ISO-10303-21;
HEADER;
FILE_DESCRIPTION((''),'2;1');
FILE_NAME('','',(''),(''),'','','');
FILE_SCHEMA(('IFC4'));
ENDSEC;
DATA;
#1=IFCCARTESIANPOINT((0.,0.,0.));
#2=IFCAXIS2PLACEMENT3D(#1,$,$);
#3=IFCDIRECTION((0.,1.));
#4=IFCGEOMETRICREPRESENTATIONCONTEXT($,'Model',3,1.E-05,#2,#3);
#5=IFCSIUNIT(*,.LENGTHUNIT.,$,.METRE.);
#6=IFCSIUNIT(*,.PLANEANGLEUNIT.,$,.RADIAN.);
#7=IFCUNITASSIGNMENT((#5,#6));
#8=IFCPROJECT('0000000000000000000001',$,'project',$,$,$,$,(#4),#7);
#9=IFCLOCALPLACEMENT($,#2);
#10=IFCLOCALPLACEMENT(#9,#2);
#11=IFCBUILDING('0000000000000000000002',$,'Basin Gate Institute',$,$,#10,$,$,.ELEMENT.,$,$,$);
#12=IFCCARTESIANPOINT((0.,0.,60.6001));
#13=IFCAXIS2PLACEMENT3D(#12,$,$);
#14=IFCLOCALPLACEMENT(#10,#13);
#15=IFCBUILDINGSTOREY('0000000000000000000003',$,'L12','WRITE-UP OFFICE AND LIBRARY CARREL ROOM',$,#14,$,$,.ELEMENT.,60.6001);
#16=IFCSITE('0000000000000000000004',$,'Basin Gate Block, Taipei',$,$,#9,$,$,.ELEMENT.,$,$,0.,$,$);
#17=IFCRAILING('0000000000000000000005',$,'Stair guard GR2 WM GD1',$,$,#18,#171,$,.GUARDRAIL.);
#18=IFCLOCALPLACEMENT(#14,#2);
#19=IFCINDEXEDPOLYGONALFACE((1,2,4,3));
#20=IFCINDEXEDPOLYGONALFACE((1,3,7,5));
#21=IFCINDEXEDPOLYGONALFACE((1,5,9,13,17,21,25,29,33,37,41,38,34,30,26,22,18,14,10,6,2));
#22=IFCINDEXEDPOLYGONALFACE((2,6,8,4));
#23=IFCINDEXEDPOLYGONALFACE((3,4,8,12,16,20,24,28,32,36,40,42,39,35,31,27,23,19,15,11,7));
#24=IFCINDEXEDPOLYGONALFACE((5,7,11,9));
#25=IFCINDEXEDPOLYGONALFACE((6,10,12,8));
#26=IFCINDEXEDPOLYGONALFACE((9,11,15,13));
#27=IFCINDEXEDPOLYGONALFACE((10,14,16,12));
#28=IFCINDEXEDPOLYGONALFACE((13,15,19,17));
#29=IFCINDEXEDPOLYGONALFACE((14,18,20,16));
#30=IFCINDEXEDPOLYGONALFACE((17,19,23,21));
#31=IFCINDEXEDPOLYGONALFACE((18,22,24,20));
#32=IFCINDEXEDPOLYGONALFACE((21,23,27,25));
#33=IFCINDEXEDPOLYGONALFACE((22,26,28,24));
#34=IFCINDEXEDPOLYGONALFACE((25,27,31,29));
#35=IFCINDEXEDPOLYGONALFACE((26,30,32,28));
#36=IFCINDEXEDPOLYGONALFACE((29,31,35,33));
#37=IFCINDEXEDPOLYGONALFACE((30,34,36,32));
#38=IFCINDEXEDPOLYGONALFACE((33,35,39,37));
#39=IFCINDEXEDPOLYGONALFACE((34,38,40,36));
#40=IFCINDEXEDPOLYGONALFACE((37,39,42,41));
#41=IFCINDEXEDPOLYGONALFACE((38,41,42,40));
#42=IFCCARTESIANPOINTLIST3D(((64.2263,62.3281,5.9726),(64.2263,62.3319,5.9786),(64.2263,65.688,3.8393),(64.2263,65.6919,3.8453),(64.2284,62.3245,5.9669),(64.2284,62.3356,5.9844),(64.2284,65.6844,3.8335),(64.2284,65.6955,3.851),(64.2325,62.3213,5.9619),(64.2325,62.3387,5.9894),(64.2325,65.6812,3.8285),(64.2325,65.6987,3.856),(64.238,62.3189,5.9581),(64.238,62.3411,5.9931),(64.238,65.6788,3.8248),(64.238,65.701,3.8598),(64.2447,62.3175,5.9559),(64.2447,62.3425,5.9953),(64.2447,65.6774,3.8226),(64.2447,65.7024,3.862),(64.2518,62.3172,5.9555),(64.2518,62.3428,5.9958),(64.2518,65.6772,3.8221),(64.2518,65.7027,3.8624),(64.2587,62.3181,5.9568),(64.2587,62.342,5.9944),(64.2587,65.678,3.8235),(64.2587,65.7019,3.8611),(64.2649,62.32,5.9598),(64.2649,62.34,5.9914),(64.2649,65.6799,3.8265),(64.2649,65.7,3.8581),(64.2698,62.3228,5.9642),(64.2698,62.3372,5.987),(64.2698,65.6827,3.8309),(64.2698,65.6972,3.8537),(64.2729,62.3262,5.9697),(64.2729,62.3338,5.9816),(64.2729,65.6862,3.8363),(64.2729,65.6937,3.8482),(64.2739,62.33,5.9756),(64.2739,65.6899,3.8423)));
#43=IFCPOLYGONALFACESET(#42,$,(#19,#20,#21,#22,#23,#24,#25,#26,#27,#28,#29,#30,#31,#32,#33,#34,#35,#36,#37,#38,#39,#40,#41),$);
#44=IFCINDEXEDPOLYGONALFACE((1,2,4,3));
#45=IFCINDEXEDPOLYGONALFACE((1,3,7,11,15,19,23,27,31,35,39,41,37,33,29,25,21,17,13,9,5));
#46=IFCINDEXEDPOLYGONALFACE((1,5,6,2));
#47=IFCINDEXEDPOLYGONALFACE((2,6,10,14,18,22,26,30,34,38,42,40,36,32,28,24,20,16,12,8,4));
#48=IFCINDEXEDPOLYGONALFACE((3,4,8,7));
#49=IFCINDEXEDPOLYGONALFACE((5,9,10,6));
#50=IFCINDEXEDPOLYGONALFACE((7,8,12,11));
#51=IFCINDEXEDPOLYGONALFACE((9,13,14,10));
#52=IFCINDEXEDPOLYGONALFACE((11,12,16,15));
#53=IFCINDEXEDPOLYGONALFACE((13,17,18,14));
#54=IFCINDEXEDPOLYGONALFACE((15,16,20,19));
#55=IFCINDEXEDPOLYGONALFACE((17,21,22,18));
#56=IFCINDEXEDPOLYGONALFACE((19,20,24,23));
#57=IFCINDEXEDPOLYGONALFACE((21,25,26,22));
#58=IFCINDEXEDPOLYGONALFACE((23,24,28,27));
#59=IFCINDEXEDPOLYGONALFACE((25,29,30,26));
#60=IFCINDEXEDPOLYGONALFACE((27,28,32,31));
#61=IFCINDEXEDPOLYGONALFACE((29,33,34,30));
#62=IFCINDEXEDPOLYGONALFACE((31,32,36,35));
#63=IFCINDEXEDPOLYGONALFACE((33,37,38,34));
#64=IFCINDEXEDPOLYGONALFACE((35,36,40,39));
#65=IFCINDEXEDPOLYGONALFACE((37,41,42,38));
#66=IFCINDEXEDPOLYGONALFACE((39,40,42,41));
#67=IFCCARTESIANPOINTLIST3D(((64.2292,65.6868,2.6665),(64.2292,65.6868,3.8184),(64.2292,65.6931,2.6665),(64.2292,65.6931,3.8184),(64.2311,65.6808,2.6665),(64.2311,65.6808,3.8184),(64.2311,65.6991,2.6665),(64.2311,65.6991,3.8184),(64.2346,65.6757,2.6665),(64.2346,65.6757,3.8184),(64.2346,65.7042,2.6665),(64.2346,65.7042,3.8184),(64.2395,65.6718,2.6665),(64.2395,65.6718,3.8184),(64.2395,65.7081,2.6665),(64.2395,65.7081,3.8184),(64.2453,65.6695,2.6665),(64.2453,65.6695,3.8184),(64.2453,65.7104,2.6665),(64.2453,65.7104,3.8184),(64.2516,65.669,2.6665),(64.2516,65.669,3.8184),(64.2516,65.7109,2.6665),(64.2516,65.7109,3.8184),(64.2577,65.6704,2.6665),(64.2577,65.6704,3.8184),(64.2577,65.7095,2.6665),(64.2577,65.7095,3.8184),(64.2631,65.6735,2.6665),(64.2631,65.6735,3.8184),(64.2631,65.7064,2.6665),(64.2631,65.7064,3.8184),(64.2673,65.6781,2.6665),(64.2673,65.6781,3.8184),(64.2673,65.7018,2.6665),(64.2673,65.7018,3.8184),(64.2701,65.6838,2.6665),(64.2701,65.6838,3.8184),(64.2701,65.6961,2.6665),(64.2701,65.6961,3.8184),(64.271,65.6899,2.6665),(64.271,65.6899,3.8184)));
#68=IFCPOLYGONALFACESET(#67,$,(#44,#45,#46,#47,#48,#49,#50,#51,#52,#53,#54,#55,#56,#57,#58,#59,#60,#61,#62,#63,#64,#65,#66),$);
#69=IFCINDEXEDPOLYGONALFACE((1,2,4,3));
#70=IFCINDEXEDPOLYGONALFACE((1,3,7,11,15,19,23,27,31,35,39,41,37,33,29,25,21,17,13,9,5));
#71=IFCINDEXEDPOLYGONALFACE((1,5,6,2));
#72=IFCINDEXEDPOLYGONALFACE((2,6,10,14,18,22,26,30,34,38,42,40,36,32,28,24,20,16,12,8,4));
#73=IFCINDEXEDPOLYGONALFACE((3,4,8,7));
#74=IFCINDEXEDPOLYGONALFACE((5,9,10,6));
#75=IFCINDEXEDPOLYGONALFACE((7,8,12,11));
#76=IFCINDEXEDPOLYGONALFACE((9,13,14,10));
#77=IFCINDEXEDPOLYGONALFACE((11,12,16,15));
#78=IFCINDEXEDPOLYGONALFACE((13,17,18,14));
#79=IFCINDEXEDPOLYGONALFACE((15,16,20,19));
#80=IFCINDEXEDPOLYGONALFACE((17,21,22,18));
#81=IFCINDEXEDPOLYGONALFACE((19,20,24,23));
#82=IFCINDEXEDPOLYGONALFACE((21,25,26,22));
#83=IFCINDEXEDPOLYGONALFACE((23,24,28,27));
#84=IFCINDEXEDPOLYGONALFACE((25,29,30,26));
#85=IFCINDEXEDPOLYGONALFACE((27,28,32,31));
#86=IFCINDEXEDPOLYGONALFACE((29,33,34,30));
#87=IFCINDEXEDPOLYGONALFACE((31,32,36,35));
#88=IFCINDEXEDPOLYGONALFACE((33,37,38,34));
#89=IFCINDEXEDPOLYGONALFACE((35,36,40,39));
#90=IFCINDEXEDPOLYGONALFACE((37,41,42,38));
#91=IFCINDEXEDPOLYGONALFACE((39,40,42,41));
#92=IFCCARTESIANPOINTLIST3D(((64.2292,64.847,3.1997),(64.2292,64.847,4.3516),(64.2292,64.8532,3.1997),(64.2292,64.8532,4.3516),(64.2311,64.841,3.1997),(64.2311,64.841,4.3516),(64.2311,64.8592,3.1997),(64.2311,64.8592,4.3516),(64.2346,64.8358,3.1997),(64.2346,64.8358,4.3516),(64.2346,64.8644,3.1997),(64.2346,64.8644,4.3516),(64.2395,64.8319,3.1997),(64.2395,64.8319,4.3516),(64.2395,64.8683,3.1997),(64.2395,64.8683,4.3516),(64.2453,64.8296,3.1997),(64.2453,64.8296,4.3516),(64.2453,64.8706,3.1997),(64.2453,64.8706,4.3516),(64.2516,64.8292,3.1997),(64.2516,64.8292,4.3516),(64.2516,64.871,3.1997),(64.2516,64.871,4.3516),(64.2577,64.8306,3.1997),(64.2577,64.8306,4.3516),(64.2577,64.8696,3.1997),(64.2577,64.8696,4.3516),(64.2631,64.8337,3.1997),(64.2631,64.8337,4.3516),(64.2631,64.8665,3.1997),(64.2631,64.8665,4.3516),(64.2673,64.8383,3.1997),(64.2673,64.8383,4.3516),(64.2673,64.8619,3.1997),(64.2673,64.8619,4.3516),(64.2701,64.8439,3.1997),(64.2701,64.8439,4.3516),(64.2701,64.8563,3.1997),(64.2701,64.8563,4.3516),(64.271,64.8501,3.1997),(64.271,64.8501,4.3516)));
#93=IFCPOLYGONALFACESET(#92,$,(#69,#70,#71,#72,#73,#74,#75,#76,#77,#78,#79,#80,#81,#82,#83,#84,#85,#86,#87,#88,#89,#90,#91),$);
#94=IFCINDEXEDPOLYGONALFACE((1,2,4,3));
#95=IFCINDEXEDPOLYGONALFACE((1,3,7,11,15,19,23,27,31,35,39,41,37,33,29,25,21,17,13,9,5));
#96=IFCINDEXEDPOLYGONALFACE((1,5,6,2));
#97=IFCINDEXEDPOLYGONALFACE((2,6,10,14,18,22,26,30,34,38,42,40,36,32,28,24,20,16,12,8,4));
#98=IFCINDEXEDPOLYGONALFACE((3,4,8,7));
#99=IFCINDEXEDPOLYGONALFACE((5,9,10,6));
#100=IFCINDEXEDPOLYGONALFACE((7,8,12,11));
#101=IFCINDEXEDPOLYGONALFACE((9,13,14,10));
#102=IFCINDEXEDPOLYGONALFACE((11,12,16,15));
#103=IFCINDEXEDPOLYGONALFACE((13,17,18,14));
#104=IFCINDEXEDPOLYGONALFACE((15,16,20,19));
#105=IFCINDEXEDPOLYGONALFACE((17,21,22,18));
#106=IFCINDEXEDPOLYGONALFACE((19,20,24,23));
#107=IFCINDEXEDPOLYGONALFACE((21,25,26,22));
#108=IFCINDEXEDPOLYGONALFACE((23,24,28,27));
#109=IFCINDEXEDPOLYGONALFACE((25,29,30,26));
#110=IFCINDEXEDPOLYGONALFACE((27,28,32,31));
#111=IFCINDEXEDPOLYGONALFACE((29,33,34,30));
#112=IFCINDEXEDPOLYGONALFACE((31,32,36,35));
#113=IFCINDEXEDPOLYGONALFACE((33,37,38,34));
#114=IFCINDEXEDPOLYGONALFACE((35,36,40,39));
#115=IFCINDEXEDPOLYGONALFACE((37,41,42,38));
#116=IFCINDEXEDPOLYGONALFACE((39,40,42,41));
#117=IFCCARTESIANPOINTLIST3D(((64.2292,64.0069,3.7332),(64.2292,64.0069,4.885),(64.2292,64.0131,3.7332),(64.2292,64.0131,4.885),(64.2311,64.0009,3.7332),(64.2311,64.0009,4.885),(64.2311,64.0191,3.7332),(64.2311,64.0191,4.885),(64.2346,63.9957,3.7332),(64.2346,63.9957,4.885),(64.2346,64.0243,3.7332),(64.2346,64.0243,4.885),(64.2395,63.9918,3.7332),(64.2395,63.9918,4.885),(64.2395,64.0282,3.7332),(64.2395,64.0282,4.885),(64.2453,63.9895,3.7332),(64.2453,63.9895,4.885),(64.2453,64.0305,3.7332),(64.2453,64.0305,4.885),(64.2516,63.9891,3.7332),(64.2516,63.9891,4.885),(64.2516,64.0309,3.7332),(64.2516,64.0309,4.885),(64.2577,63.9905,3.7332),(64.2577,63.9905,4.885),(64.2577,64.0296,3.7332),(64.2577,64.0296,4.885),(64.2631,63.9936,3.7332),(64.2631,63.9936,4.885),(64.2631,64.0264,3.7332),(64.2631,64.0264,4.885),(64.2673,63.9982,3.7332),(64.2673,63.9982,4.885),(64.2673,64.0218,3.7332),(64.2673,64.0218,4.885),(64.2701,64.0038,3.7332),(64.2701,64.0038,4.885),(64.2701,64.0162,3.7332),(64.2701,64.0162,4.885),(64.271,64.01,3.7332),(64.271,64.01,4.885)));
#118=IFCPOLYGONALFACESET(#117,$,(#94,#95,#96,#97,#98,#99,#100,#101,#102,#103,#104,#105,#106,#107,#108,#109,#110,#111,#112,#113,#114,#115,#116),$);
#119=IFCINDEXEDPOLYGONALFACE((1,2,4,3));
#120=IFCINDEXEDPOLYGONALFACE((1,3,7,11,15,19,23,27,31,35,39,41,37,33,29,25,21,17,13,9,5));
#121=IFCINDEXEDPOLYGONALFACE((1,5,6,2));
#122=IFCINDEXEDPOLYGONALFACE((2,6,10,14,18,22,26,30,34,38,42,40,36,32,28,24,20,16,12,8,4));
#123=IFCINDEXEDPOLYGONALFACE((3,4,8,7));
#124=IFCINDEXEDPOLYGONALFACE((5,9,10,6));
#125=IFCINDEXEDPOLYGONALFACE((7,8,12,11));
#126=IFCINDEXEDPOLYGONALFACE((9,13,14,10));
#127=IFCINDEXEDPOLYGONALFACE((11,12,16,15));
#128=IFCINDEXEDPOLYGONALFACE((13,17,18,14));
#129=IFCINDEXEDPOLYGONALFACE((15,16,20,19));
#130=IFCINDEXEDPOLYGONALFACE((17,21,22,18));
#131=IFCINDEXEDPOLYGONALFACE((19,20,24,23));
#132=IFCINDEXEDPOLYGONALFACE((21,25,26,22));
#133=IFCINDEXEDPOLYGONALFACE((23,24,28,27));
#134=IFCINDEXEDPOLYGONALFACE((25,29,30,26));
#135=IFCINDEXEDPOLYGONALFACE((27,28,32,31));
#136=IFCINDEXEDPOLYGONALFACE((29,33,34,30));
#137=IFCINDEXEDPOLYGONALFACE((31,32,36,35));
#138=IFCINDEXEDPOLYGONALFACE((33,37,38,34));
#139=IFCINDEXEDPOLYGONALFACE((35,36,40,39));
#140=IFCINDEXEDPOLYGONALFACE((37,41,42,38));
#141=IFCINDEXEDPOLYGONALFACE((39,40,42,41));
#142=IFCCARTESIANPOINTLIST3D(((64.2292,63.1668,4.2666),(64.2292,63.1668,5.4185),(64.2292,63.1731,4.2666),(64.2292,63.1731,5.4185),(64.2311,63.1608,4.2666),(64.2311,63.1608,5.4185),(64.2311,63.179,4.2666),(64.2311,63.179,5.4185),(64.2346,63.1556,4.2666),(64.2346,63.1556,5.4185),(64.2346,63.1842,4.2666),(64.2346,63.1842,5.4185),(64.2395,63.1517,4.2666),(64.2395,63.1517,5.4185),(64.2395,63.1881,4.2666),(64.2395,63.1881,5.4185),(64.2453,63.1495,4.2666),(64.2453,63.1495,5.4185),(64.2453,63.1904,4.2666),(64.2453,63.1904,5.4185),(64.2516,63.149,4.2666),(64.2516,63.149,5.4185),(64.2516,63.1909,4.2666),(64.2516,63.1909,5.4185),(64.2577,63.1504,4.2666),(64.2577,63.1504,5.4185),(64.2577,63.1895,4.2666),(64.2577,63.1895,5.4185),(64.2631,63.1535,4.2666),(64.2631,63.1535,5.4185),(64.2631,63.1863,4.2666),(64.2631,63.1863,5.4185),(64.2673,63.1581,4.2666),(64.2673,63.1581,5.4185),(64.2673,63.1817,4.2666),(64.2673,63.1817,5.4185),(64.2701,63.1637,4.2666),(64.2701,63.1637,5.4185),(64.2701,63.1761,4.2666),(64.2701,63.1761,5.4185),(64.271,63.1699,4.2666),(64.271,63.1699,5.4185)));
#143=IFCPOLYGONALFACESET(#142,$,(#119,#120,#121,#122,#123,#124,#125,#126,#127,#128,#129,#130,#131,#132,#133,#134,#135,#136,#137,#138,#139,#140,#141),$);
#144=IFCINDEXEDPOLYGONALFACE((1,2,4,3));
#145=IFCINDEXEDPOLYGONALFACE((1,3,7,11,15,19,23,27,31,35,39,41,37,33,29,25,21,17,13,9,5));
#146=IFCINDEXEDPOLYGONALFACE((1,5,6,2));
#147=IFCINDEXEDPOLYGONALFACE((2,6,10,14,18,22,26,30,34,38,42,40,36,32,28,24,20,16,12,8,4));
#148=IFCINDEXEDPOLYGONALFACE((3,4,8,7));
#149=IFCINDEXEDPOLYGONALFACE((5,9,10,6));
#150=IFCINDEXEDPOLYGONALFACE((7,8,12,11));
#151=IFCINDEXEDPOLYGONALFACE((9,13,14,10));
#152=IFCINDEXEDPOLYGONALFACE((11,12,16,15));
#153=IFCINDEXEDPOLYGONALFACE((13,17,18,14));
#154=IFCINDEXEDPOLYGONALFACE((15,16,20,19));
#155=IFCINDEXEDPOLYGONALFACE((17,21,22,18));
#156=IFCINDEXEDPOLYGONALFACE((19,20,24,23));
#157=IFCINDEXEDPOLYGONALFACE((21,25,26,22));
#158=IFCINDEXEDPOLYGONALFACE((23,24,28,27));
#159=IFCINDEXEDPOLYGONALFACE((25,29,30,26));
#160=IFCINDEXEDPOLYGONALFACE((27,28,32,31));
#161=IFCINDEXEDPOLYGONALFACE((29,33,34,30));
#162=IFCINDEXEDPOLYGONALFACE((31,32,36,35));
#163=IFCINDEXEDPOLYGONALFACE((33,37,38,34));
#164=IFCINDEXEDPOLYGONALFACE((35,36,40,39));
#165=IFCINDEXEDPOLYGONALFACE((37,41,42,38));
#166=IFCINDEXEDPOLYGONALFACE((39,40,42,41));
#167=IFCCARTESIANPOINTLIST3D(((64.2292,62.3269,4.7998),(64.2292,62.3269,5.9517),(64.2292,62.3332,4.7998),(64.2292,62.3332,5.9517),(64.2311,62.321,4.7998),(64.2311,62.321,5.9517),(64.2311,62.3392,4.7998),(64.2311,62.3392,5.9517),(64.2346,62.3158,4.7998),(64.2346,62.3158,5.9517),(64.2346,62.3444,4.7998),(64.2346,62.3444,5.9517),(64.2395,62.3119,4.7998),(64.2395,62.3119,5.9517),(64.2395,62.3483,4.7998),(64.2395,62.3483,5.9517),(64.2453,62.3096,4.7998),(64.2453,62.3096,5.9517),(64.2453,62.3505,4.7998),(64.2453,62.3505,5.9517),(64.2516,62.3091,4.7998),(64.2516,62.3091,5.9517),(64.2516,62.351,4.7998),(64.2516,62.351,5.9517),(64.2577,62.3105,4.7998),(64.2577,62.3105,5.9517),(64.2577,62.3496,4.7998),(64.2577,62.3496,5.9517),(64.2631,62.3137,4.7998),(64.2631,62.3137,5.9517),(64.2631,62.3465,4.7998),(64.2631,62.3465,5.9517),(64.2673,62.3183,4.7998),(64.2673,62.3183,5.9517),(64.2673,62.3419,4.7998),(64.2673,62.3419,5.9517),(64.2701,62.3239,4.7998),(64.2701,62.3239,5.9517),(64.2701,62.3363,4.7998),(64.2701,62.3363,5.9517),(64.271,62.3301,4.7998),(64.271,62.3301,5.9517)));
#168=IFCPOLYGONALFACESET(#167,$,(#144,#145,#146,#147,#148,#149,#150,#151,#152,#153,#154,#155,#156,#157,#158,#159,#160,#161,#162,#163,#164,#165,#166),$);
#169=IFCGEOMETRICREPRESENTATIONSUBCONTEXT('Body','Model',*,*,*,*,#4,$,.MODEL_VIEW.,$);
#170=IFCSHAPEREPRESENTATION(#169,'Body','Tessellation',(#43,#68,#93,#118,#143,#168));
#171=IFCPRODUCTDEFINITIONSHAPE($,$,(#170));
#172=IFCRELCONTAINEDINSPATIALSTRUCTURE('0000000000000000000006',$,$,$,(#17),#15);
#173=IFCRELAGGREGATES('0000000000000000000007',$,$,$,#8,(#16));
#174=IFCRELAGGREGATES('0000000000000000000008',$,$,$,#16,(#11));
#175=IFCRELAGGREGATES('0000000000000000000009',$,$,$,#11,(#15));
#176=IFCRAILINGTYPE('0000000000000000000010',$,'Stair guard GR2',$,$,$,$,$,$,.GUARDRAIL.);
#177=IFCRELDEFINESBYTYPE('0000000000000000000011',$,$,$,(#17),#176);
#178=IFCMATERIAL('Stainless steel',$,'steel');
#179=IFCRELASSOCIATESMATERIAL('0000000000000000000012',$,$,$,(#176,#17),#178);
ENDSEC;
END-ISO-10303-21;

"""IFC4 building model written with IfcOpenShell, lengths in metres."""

from ifc_helpers import new_model, si_unit, direction, frame, origin, origin_2d, place, context, subcontext, project, spatial, circle, extrude, material, type_object, element, save


model = new_model("IFC4")

# Units and contexts
model_context = context("Model", 3, precision=1e-05, world=origin(), true_north=direction((0.0, 1.0)))
body_context = subcontext(model_context, "Body", "Model", "MODEL_VIEW")
ifc_project = project(units=[si_unit("LENGTHUNIT", "METRE"), si_unit("PLANEANGLEUNIT", "RADIAN")], contexts=[model_context])

# Site, building, storey
site_placement = place(None, origin())
site = spatial("IfcSite", under=ifc_project, at=site_placement, Name="Basin Gate Block, Taipei", CompositionType="ELEMENT", RefElevation=0.0)
building_placement = place(site_placement, origin())
building = spatial("IfcBuilding", under=site, at=building_placement, Name="Basin Gate Institute", CompositionType="ELEMENT")
storey_placement = place(building_placement, frame((0.0, 0.0, 60.6001)))
storey = spatial("IfcBuildingStorey", under=building, at=storey_placement, Name="L12", Description="WRITE-UP OFFICE AND LIBRARY CARREL ROOM", CompositionType="ELEMENT", Elevation=60.6001)

# Railing
ifc_material_1 = material(Name="Stainless steel", Category="steel")
railing_type_1 = type_object("IfcRailingType", Name="Stair guard GR2", PredefinedType="GUARDRAIL", material=ifc_material_1)
railing_1_placement = place(storey_placement, frame((64.25, 65.6899, 2.6665)))
element("IfcRailing", 1, at=railing_1_placement, inside=storey, type_object=railing_type_1, material=ifc_material_1, Name="Stair guard GR2 WM GD1", PredefinedType="GUARDRAIL", context=body_context, shape_type="SweptSolid", body=[
    extrude(circle(Radius=0.0239, at=origin_2d()), frame((0.0, 0.0, 1.1758), z_axis=(0.0, -0.844207, 0.536018), x_axis=(1.0, 0.0, 0.0)), (0.0, 0.0, 1.0), 3.98),
    extrude(circle(Radius=0.021, at=origin_2d()), origin(), (0.0, 0.0, 1.0), 1.1519),
    extrude(circle(Radius=0.021, at=origin_2d()), frame((0.0, -0.8398, 0.5332)), (0.0, 0.0, 1.0), 1.1519),
    extrude(circle(Radius=0.021, at=origin_2d()), frame((0.0, -1.6799, 1.0667)), (0.0, 0.0, 1.0), 1.1519),
    extrude(circle(Radius=0.021, at=origin_2d()), frame((0.0, -2.52, 1.6001)), (0.0, 0.0, 1.0), 1.1519),
    extrude(circle(Radius=0.021, at=origin_2d()), frame((0.0, -3.3599, 2.1333)), (0.0, 0.0, 1.0), 1.1519),
])

save(model, "model.ifc")
